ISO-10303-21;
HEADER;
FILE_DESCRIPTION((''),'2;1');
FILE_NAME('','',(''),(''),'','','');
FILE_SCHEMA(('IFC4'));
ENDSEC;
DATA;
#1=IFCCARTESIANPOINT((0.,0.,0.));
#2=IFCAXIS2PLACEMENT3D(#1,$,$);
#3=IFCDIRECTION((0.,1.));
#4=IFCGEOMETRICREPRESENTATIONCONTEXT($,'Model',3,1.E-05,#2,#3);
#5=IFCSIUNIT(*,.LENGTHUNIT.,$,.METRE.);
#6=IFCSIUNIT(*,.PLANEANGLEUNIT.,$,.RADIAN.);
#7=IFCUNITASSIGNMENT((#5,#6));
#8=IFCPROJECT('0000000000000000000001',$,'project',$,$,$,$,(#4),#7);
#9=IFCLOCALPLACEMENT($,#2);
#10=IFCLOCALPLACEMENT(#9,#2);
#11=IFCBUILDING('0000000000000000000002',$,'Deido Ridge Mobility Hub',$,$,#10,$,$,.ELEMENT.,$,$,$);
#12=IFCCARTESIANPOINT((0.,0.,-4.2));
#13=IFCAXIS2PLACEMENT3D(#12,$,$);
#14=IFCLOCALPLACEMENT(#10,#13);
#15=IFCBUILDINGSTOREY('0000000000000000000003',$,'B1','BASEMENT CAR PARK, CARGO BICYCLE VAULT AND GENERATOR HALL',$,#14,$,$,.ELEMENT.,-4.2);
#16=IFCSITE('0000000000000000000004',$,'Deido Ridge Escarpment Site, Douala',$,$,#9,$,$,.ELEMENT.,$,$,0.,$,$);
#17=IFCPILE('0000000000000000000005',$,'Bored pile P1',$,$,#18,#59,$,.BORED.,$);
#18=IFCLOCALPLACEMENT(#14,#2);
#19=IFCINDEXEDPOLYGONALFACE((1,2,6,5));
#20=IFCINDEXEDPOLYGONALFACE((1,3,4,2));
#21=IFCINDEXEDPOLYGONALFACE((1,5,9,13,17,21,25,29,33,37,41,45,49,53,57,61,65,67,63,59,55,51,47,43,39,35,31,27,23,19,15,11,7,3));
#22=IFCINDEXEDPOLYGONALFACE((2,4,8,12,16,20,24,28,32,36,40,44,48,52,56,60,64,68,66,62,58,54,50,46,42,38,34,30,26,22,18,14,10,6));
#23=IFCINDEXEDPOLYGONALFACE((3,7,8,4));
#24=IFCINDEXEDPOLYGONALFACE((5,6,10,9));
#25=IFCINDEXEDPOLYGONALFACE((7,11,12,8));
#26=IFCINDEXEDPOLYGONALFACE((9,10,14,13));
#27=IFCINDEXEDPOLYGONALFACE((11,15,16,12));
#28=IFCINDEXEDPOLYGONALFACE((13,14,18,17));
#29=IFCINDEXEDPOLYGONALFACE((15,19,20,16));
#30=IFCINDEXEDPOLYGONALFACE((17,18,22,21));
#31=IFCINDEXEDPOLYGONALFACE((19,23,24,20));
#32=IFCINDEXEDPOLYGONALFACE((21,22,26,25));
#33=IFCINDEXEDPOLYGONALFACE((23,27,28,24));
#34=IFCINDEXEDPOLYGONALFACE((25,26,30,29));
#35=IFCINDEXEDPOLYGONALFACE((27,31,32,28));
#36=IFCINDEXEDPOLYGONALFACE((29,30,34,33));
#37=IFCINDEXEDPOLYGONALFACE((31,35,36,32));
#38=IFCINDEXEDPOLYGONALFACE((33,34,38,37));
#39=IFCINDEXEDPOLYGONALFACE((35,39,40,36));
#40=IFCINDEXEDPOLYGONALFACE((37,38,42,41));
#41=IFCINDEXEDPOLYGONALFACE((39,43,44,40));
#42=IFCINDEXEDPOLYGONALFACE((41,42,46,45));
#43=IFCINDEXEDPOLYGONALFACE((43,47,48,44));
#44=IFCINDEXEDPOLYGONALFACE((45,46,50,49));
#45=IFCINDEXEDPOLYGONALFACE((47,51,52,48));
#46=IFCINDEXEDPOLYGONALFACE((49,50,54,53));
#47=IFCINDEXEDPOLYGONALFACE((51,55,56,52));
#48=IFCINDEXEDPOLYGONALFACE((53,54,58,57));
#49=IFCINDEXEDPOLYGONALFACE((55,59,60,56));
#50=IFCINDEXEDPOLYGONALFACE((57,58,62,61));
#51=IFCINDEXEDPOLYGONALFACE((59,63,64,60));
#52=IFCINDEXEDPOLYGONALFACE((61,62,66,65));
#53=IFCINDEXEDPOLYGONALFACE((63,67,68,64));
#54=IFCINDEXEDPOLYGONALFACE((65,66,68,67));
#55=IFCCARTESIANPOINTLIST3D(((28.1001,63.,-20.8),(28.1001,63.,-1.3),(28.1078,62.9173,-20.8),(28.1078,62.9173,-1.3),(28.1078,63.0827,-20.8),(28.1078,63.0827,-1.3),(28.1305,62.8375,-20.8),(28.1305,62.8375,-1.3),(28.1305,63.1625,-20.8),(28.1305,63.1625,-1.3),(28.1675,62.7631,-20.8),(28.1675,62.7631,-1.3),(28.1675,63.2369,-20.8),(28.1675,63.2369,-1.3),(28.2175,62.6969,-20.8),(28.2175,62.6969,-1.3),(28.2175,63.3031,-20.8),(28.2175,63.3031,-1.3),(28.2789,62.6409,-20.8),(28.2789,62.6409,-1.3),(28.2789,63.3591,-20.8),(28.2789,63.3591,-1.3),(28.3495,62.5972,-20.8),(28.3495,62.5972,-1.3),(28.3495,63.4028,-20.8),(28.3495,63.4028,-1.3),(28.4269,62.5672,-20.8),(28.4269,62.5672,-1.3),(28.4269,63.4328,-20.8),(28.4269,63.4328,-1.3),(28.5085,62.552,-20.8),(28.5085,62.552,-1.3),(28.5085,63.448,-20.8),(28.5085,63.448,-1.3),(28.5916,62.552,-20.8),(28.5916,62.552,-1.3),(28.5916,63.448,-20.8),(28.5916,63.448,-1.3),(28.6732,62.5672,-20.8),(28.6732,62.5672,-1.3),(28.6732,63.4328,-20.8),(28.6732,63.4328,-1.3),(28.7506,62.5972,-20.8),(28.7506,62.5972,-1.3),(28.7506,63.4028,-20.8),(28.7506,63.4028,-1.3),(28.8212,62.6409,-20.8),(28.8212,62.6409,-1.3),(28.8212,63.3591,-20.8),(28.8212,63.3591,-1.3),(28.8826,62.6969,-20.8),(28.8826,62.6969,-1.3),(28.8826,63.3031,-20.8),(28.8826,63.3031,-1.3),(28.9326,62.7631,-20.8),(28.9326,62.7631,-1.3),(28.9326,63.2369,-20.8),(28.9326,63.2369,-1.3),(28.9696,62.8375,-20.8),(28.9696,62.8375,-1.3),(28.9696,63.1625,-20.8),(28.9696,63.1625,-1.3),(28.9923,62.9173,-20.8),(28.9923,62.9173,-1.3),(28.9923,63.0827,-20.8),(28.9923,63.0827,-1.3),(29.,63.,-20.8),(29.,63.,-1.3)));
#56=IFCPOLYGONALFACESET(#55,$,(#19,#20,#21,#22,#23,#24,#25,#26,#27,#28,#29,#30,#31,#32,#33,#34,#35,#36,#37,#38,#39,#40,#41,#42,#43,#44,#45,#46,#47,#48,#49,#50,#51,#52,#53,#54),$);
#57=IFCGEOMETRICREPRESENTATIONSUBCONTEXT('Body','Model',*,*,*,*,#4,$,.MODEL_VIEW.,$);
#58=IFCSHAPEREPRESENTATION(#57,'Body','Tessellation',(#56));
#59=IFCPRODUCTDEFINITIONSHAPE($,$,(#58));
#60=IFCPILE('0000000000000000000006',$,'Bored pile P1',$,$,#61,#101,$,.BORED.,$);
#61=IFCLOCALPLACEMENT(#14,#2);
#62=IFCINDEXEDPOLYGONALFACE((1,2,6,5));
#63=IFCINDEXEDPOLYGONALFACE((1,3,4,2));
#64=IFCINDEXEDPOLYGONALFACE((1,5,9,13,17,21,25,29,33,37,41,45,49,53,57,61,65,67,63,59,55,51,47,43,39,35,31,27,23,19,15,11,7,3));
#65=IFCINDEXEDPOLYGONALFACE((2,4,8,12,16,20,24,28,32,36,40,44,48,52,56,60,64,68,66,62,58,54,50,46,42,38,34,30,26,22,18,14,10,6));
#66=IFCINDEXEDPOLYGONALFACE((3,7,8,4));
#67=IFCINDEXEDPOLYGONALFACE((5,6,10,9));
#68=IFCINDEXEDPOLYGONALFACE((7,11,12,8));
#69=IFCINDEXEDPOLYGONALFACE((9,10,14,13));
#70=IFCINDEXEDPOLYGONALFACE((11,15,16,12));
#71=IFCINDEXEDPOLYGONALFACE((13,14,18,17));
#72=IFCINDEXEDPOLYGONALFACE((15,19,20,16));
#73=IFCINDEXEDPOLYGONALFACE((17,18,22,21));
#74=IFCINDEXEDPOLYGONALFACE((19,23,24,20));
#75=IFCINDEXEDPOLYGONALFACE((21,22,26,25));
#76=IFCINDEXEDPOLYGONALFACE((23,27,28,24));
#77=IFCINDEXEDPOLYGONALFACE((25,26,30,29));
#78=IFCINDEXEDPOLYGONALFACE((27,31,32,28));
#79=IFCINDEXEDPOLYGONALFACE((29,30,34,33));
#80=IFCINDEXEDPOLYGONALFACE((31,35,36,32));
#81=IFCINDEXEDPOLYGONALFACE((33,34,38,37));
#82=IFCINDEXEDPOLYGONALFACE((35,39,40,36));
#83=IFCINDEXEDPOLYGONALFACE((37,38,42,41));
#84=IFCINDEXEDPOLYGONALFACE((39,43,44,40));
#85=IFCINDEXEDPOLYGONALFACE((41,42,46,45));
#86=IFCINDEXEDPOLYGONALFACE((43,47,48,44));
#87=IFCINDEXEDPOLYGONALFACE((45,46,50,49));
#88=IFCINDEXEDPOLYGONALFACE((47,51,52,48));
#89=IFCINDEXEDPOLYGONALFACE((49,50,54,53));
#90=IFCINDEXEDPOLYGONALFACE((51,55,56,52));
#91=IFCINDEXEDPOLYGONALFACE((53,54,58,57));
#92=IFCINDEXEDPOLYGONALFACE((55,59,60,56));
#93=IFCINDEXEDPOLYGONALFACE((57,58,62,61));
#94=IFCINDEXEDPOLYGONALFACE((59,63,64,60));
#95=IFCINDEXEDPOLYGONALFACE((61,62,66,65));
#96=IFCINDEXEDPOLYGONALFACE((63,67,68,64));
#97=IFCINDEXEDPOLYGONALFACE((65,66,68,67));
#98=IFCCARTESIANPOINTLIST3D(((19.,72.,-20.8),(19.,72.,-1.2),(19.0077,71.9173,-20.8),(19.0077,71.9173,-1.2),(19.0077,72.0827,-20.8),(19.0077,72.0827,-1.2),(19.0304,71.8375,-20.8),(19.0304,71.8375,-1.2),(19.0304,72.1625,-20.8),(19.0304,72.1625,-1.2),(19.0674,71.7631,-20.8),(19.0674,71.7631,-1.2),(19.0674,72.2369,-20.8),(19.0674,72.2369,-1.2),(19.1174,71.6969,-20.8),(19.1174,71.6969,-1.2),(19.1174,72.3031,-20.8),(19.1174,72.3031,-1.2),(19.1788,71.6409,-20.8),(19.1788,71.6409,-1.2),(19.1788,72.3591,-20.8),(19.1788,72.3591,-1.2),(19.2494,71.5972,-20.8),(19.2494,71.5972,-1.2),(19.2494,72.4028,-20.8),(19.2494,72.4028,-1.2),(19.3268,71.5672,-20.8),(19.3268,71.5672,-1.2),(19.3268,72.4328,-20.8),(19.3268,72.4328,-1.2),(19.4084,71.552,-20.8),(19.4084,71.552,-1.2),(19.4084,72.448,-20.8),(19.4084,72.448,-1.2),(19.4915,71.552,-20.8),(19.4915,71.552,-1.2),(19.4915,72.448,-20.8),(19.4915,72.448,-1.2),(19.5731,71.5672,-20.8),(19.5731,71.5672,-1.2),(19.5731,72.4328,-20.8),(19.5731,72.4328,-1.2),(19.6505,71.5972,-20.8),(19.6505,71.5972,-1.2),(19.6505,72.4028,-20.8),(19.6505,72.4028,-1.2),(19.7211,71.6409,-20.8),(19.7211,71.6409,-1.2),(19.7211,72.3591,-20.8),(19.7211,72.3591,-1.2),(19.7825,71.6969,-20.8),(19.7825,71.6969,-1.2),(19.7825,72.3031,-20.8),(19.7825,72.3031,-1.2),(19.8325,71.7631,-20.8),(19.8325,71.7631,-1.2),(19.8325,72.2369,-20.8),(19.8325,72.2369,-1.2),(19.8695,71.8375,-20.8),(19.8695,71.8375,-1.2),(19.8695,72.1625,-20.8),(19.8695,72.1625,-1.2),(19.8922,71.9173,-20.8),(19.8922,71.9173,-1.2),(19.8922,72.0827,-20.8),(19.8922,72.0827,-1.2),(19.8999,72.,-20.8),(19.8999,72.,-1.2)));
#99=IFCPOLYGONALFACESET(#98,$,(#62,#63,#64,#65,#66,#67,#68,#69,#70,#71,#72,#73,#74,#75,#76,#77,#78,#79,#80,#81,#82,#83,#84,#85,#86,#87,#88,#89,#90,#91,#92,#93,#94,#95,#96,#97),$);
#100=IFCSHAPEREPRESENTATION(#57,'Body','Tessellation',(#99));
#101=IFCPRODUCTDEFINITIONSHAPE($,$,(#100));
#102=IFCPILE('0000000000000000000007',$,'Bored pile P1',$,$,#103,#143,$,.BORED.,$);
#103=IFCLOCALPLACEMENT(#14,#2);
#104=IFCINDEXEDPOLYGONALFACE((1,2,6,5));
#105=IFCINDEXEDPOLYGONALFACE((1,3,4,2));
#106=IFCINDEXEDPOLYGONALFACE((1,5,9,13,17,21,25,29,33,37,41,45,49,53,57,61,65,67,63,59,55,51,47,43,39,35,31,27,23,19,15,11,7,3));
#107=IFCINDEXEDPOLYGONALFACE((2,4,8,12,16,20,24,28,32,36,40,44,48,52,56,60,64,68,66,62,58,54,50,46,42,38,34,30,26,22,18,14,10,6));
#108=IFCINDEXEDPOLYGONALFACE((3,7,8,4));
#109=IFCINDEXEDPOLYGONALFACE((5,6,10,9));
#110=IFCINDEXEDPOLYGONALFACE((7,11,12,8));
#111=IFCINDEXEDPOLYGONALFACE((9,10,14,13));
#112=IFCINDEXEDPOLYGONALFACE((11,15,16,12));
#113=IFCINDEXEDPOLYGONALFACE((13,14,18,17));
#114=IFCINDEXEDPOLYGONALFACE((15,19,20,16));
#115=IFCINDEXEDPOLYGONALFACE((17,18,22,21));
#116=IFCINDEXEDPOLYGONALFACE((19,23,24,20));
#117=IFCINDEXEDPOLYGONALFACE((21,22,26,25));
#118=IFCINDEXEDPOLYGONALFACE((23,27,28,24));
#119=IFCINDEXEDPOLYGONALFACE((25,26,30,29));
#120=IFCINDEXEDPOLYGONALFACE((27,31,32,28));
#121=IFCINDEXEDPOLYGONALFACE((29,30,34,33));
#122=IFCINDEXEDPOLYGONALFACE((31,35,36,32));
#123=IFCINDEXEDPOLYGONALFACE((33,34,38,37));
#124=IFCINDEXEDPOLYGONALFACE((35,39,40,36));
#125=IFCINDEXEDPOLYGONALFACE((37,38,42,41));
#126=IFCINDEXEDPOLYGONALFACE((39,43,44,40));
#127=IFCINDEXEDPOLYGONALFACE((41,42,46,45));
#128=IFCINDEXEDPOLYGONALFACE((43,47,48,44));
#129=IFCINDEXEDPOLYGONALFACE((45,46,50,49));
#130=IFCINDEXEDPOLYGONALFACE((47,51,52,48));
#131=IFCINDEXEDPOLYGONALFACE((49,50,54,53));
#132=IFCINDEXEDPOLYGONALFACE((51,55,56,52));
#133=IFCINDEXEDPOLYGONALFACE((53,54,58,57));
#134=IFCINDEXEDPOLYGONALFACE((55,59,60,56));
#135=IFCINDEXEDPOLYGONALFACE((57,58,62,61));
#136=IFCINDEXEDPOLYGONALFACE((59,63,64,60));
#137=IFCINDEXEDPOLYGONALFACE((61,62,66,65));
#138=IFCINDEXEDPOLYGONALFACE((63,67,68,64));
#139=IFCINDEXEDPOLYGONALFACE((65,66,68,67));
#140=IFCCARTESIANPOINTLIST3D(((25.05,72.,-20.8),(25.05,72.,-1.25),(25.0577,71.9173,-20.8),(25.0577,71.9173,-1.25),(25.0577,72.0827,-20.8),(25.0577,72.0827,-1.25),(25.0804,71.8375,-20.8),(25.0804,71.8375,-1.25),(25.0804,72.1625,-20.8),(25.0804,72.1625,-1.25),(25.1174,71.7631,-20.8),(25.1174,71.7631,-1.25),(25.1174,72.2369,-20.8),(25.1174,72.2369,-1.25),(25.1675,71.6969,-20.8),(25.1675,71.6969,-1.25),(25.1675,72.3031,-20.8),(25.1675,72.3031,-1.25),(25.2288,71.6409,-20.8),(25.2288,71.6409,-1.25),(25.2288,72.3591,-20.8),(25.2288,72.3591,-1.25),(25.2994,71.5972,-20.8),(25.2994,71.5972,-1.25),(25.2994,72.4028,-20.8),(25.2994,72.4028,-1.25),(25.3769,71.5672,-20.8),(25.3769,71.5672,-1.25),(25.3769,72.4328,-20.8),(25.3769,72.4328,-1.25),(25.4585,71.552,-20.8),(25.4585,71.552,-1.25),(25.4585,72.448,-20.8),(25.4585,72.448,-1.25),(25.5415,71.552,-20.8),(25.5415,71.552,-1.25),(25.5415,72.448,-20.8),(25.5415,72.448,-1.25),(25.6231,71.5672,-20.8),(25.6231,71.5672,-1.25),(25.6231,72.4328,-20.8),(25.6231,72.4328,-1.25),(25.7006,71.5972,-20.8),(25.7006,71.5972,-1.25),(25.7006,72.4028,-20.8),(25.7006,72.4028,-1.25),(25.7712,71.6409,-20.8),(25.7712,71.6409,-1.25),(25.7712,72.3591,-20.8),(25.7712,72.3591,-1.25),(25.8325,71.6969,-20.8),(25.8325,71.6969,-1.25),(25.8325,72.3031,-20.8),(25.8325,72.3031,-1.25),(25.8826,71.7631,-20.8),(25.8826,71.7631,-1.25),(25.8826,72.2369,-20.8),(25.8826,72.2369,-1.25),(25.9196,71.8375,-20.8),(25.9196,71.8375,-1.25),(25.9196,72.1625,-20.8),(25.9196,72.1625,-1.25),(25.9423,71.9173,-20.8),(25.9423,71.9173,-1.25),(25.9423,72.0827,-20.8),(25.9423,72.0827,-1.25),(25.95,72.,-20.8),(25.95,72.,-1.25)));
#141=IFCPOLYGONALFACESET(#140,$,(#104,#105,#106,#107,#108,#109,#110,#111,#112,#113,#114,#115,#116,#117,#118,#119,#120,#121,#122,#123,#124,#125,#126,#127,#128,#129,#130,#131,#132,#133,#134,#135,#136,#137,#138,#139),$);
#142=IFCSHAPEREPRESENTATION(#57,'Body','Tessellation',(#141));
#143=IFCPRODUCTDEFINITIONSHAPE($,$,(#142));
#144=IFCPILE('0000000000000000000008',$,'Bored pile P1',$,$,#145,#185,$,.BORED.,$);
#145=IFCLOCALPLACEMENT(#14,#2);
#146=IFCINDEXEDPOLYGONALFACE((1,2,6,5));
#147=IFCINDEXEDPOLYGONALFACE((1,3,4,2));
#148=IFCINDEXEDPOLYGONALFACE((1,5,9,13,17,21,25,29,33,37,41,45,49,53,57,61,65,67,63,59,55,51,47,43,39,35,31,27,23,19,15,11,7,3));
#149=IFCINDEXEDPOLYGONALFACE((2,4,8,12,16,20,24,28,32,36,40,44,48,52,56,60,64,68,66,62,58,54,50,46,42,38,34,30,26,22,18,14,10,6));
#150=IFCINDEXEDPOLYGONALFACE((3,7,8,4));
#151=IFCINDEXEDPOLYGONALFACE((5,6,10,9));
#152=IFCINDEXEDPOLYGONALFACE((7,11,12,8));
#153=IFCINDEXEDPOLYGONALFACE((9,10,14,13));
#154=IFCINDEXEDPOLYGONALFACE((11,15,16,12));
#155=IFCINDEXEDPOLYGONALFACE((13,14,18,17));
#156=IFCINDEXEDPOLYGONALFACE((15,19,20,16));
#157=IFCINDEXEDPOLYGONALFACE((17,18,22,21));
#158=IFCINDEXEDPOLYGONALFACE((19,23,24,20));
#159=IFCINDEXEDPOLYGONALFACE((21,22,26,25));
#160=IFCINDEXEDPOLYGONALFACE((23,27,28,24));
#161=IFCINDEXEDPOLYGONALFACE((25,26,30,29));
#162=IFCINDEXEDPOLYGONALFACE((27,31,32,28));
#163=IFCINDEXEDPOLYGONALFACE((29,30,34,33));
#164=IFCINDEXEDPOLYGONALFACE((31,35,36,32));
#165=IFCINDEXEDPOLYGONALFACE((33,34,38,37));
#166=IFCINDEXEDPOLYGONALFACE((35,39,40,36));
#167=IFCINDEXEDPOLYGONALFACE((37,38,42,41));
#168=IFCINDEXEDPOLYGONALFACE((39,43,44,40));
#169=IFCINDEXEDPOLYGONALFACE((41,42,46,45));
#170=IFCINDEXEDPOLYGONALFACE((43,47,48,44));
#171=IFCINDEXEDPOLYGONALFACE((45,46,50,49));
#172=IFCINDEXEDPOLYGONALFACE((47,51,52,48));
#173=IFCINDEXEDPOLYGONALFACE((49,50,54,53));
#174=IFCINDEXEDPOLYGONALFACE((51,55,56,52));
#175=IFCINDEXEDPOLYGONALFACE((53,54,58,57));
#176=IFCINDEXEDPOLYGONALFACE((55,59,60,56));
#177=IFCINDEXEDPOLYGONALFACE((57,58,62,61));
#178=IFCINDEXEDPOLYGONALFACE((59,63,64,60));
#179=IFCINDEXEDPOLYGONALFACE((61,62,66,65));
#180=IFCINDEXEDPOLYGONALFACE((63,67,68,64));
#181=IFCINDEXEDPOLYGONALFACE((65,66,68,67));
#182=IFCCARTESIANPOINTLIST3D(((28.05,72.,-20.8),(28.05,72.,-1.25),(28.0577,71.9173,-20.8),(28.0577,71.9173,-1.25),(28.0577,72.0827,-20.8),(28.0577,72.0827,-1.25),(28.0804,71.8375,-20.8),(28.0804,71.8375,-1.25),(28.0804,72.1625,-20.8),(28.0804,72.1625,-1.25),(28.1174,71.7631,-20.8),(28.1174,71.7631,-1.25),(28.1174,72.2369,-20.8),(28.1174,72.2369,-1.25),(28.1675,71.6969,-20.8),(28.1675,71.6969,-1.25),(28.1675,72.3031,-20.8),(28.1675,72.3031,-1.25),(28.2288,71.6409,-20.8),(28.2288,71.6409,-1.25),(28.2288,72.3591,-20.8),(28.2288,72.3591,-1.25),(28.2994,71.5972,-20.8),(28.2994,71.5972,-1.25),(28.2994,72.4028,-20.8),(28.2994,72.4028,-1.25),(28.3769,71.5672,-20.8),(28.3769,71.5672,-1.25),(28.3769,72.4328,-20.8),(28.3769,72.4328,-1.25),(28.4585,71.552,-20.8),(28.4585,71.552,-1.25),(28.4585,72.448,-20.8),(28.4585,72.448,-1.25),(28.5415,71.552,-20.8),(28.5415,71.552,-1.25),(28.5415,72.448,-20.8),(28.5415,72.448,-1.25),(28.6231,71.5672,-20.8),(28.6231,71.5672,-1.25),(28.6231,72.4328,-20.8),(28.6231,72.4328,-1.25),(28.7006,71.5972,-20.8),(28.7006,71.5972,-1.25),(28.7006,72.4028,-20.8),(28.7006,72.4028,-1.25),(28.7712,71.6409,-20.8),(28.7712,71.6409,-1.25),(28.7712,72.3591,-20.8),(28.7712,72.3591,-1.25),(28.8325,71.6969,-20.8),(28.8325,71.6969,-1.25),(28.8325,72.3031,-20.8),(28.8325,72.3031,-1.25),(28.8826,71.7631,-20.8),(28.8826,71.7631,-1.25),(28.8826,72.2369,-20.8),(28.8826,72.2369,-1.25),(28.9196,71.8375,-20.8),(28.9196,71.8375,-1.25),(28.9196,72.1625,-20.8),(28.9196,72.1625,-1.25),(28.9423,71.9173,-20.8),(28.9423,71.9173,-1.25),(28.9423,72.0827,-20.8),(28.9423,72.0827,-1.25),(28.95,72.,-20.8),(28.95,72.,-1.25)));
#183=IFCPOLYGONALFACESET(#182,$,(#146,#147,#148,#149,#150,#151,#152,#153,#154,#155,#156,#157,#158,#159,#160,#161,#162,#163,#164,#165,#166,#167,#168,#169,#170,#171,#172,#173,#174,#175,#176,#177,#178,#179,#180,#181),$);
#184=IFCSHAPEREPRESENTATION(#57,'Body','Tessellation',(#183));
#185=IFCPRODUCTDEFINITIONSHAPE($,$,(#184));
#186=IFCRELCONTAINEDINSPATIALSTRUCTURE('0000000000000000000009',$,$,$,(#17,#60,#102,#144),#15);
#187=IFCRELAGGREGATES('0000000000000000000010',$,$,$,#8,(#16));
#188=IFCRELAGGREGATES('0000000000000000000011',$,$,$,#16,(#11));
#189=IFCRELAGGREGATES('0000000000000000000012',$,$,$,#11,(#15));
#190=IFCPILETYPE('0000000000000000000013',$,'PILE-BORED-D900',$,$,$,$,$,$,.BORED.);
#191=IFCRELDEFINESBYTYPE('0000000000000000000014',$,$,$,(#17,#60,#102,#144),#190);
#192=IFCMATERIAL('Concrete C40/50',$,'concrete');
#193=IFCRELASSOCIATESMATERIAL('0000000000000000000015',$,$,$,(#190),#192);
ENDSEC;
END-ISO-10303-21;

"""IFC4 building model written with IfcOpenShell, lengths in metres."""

from ifc_helpers import new_model, si_unit, direction, frame, origin, origin_2d, place, context, subcontext, project, spatial, circle, extrude, material, material_profile, profile_set, type_object, element, save


model = new_model("IFC4")

# Units and contexts
model_context = context("Model", 3, precision=1e-05, world=origin(), true_north=direction((0.0, 1.0)))
body_context = subcontext(model_context, "Body", "Model", "MODEL_VIEW")
ifc_project = project(units=[si_unit("LENGTHUNIT", "METRE"), si_unit("PLANEANGLEUNIT", "RADIAN")], contexts=[model_context])

# Site, building, storey
site_placement = place(None, origin())
site = spatial("IfcSite", under=ifc_project, at=site_placement, Name="Deido Ridge Escarpment Site, Douala", CompositionType="ELEMENT", RefElevation=0.0)
building_placement = place(site_placement, origin())
building = spatial("IfcBuilding", under=site, at=building_placement, Name="Deido Ridge Mobility Hub", CompositionType="ELEMENT")
storey_placement = place(building_placement, frame((0.0, 0.0, -4.2)))
storey = spatial("IfcBuildingStorey", under=building, at=storey_placement, Name="B1", Description="BASEMENT CAR PARK, CARGO BICYCLE VAULT AND GENERATOR HALL", CompositionType="ELEMENT", Elevation=-4.2)

# Shared definitions
ifc_material_1 = material(Name="Concrete C40/50", Category="concrete")

# Piles
ifc_material_profile_1 = material_profile(ifc_material_1, circle(Radius=0.45, at=origin_2d()), Name="BORED PILE D900")
ifc_profile_set_1 = profile_set([ifc_material_profile_1], Name="Concrete C40/50")
pile_type_1 = type_object("IfcPileType", Name="PILE-BORED-D900", PredefinedType="BORED", material=ifc_profile_set_1)
for number, where, z_axis, x_axis, name in (
    (1, (28.55, 63.0, -1.3), (0.0, 0.0, -1.0), (1.0, 0.0, 0.0), "Bored pile P1"),
):
    element("IfcPile", number, at=place(storey_placement, frame(where, z_axis=z_axis, x_axis=x_axis)), inside=storey, type_object=pile_type_1, Name=name, PredefinedType="BORED", context=body_context, shape_type="SweptSolid", body=[
        extrude(circle(Radius=0.45, at=origin_2d()), origin(), (0.0, 0.0, 1.0), 19.5),
    ])
pile_1_placement = place(storey_placement, frame((19.45, 72.0, -1.2), z_axis=(0.0, 0.0, -1.0), x_axis=(1.0, 0.0, 0.0)))
element("IfcPile", 2, at=pile_1_placement, inside=storey, type_object=pile_type_1, Name="Bored pile P1", PredefinedType="BORED", context=body_context, shape_type="SweptSolid", body=[
    extrude(circle(Radius=0.45, at=origin_2d()), origin(), (0.0, 0.0, 1.0), 19.6001),
])
for number, where, z_axis, x_axis, name in (
    (3, (25.5, 72.0, -1.25), (0.0, 0.0, -1.0), (1.0, 0.0, 0.0), "Bored pile P1"),
    (4, (28.5, 72.0, -1.25), (0.0, 0.0, -1.0), (1.0, 0.0, 0.0), "Bored pile P1"),
):
    element("IfcPile", number, at=place(storey_placement, frame(where, z_axis=z_axis, x_axis=x_axis)), inside=storey, type_object=pile_type_1, Name=name, PredefinedType="BORED", context=body_context, shape_type="SweptSolid", body=[
        extrude(circle(Radius=0.45, at=origin_2d()), origin(), (0.0, 0.0, 1.0), 19.55),
    ])

save(model, "model.ifc")
